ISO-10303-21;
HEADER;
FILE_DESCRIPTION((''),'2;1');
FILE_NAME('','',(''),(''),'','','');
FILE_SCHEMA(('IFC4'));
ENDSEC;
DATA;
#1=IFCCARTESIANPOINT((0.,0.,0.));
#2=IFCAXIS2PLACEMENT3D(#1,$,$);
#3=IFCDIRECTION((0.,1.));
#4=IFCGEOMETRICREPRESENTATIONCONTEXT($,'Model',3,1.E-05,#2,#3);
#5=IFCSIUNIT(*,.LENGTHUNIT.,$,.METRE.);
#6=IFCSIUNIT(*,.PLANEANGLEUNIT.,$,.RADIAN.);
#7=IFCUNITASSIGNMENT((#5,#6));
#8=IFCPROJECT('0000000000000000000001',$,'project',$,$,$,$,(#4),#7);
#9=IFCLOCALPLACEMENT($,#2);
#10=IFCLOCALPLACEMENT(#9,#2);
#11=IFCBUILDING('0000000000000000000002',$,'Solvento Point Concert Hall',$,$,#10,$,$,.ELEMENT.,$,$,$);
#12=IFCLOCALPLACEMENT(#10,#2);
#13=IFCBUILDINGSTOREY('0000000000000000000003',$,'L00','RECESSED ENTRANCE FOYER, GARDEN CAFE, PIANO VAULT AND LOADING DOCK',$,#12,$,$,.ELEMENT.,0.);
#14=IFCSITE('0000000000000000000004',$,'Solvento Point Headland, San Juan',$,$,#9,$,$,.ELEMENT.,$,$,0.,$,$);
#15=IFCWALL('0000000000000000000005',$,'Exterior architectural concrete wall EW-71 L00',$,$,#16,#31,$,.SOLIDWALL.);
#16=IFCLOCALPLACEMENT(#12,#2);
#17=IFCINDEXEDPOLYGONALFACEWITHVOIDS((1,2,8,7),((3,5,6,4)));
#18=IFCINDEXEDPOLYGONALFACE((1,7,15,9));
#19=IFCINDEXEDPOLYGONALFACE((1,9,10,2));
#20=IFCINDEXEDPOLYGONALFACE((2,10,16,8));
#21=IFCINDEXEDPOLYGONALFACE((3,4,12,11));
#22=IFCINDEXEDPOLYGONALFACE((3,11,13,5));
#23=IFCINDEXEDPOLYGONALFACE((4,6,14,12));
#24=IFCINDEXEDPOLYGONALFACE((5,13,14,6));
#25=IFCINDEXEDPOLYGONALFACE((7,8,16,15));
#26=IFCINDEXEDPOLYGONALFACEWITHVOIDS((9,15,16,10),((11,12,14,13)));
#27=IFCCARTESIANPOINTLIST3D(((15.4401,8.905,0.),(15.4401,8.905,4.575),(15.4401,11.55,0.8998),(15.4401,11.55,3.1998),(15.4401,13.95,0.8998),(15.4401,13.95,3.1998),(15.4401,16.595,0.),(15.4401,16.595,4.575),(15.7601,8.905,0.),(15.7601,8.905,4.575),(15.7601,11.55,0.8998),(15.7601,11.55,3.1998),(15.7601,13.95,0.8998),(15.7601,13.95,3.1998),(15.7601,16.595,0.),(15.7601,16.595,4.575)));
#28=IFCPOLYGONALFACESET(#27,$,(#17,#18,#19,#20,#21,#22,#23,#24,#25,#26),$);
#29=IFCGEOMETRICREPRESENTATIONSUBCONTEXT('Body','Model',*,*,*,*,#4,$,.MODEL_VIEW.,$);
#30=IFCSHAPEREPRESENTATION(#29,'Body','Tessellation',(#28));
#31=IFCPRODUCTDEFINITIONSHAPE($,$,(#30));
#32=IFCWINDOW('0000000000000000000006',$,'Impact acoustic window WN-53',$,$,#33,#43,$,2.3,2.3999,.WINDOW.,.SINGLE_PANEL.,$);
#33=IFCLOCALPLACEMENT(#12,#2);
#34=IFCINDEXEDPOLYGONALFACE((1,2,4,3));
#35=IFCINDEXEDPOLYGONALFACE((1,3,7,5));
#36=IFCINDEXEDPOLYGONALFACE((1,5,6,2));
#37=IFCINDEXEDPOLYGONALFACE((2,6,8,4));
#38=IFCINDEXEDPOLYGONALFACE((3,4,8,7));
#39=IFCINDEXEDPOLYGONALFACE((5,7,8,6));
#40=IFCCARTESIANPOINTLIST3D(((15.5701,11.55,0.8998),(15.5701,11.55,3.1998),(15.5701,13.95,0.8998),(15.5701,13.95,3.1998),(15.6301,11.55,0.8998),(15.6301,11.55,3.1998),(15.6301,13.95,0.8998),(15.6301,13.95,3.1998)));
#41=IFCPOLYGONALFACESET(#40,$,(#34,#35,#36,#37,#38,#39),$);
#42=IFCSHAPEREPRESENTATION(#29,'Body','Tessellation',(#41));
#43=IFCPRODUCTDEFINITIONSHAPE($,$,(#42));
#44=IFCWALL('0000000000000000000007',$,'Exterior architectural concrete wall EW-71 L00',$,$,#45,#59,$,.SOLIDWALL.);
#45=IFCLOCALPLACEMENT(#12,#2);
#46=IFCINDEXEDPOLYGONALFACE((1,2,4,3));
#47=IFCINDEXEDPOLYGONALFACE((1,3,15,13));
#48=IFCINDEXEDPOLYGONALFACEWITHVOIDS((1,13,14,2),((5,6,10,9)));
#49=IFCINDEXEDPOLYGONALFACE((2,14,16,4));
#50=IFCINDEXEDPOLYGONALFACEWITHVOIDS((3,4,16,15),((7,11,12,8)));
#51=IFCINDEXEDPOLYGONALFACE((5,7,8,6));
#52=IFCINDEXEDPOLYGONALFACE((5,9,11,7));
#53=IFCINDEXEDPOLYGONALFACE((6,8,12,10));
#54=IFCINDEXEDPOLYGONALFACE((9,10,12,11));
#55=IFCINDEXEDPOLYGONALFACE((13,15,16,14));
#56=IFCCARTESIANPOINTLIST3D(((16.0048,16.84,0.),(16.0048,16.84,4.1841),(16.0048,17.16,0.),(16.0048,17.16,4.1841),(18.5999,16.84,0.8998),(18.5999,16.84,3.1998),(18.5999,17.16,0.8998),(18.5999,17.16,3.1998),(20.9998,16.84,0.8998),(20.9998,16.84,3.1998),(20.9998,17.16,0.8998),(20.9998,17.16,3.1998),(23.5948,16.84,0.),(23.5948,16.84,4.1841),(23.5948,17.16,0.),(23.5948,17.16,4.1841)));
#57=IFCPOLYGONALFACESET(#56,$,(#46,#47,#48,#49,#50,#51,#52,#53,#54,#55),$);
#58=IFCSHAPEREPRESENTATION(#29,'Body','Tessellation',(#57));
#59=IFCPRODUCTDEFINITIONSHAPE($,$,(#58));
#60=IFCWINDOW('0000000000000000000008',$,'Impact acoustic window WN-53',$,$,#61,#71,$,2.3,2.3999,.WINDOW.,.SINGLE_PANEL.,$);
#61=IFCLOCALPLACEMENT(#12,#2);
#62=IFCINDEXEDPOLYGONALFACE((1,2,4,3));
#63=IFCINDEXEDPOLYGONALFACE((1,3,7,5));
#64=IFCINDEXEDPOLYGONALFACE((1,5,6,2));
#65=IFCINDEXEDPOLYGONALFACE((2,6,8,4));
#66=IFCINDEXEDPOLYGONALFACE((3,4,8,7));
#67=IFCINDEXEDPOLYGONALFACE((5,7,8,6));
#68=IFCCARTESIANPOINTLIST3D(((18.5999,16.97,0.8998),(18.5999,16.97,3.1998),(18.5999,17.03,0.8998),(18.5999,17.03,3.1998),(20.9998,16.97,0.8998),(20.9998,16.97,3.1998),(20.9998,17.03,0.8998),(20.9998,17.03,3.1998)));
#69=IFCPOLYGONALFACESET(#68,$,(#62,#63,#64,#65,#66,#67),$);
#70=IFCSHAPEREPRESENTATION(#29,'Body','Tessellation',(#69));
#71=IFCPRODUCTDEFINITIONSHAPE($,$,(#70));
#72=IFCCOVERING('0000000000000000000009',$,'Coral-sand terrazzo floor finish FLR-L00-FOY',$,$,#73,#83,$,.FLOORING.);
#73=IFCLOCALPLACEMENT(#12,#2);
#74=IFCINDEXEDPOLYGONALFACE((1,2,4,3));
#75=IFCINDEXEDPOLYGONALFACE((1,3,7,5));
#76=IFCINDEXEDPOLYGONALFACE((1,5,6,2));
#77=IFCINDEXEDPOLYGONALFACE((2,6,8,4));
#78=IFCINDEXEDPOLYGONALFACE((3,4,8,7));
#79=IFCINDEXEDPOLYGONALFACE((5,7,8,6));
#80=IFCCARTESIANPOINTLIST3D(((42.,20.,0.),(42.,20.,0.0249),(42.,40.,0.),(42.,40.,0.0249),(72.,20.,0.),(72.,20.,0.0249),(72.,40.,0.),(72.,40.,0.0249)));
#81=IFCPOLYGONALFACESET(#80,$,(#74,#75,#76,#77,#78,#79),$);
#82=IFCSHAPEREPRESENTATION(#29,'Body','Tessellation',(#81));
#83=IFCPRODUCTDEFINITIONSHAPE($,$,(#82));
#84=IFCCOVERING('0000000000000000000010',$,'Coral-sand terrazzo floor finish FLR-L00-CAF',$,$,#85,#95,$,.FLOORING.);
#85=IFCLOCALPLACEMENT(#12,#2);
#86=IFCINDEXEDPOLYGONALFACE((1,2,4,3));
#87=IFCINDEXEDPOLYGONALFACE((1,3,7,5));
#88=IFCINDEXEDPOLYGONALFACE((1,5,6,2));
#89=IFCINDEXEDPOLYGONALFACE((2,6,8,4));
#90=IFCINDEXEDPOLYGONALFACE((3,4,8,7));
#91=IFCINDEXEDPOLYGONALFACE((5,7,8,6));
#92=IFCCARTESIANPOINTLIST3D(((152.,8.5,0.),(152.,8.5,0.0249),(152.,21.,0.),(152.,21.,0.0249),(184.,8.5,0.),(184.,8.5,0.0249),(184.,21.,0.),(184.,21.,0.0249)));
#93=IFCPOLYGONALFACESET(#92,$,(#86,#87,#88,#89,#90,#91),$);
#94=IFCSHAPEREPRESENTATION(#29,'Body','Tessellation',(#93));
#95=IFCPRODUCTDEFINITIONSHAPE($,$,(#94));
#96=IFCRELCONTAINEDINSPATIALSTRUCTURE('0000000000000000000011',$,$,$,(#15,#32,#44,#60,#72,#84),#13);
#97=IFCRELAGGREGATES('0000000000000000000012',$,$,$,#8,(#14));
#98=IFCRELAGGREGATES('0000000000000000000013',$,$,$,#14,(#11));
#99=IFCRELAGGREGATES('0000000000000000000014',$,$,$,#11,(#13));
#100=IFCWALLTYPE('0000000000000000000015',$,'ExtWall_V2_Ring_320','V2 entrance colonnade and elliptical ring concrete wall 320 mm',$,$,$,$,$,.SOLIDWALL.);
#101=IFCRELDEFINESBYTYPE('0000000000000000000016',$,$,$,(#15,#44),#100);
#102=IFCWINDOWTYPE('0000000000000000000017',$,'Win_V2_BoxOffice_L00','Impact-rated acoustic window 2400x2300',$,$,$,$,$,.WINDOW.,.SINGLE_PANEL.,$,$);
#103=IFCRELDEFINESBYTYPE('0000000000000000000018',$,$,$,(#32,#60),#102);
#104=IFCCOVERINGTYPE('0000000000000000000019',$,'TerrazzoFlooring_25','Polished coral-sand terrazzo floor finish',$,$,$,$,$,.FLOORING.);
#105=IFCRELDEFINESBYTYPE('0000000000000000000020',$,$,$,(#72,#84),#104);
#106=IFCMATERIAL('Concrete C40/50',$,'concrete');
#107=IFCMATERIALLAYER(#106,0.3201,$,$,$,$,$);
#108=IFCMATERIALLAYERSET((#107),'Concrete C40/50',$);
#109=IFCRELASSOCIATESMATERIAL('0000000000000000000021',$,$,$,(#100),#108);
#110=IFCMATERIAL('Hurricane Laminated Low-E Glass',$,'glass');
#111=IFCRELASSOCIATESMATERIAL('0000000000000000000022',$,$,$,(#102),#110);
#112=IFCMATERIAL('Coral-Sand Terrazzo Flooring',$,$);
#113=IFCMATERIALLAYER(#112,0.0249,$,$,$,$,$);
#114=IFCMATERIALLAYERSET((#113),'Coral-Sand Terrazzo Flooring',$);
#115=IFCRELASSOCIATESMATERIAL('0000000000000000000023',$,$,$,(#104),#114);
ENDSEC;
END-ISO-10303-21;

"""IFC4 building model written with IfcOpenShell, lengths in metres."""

from ifc_helpers import new_model, si_unit, direction, frame, frame_2d, origin, place, context, subcontext, project, spatial, polyline, rectangle, outline, extrude, material, layer, layer_set, type_object, element, fill, save


model = new_model("IFC4")

# Units and contexts
model_context = context("Model", 3, precision=1e-05, world=origin(), true_north=direction((0.0, 1.0)))
body_context = subcontext(model_context, "Body", "Model", "MODEL_VIEW")
ifc_project = project(units=[si_unit("LENGTHUNIT", "METRE"), si_unit("PLANEANGLEUNIT", "RADIAN")], contexts=[model_context])

# Site, building, storey
site_placement = place(None, origin())
site = spatial("IfcSite", under=ifc_project, at=site_placement, Name="Solvento Point Headland, San Juan", CompositionType="ELEMENT", RefElevation=0.0)
building_placement = place(site_placement, origin())
building = spatial("IfcBuilding", under=site, at=building_placement, Name="Solvento Point Concert Hall", CompositionType="ELEMENT")
storey_placement = place(building_placement, origin())
storey = spatial("IfcBuildingStorey", under=building, at=storey_placement, Name="L00", Description="RECESSED ENTRANCE FOYER, GARDEN CAFE, PIANO VAULT AND LOADING DOCK", CompositionType="ELEMENT", Elevation=0.0)

# Walls, openings, windows
ifc_material_1 = material(Name="Concrete C40/50", Category="concrete")
ifc_layer_1 = layer(ifc_material_1, 0.3201)
ifc_layer_set_1 = layer_set([ifc_layer_1], Name="Concrete C40/50")
wall_type_1 = type_object("IfcWallType", Name="ExtWall_V2_Ring_320", Description="V2 entrance colonnade and elliptical ring concrete wall 320 mm", PredefinedType="SOLIDWALL", material=ifc_layer_set_1)
ifc_material_2 = material(Name="Hurricane Laminated Low-E Glass", Category="glass")
window_type = type_object("IfcWindowType", Name="Win_V2_BoxOffice_L00", Description="Impact-rated acoustic window 2400x2300", PartitioningType="SINGLE_PANEL", PredefinedType="WINDOW", material=ifc_material_2)
wall_1_placement = place(storey_placement, frame((15.6001, 8.905, 0.0), z_axis=(0.0, 0.0, 1.0), x_axis=(0.0, 1.0, 0.0)))
wall_1 = element("IfcWall", 1, at=wall_1_placement, inside=storey, type_object=wall_type_1, Name="Exterior architectural concrete wall EW-71 L00", PredefinedType="SOLIDWALL", context=body_context, shape_type="SweptSolid", body=[
    extrude(rectangle(XDim=7.6899, YDim=0.3201, at=frame_2d((3.845, 0.0))), origin(), (0.0, 0.0, 1.0), 4.575),
])
opening_1_placement = place(wall_1_placement, frame((2.645, 0.0, 0.8999)))
opening_1 = element("IfcOpeningElement", 2, at=opening_1_placement, cuts=wall_1, PredefinedType="OPENING", context=body_context, shape_type="SweptSolid", body=[
    extrude(rectangle(XDim=2.3999, YDim=2.3, at=frame_2d((1.2, 1.1499))), frame((0.0, 0.1699, 0.0), z_axis=(0.0, -1.0, 0.0), x_axis=(1.0, 0.0, 0.0)), (0.0, 0.0, 1.0), 0.3401),
])
window_1_placement = place(opening_1_placement, origin())
window_1 = element("IfcWindow", 3, at=window_1_placement, inside=storey, type_object=window_type, Name="Impact acoustic window WN-53", OverallHeight=2.3, OverallWidth=2.3999, PartitioningType="SINGLE_PANEL", PredefinedType="WINDOW", context=body_context, shape_type="SweptSolid", body=[
    extrude(rectangle(XDim=2.3999, YDim=2.3, at=frame_2d((1.2, 1.1499))), frame((0.0, 0.03, 0.0), z_axis=(0.0, -1.0, 0.0), x_axis=(1.0, 0.0, 0.0)), (0.0, 0.0, 1.0), 0.0601),
])
fill(opening_1, window_1)
wall_2_placement = place(storey_placement, frame((16.0049, 17.0, 0.0), z_axis=(0.0, 0.0, 1.0), x_axis=(1.0, 0.0, 0.0)))
wall_2 = element("IfcWall", 4, at=wall_2_placement, inside=storey, type_object=wall_type_1, Name="Exterior architectural concrete wall EW-71 L00", PredefinedType="SOLIDWALL", context=body_context, shape_type="SweptSolid", body=[
    extrude(rectangle(XDim=7.5901, YDim=0.3201, at=frame_2d((3.7949, 0.0))), origin(), (0.0, 0.0, 1.0), 4.1841),
])
opening_2_placement = place(wall_2_placement, frame((2.595, 0.0, 0.8999)))
opening_2 = element("IfcOpeningElement", 5, at=opening_2_placement, cuts=wall_2, PredefinedType="OPENING", context=body_context, shape_type="SweptSolid", body=[
    extrude(rectangle(XDim=2.3999, YDim=2.3, at=frame_2d((1.2, 1.1499))), frame((0.0, 0.1699, 0.0), z_axis=(0.0, -1.0, 0.0), x_axis=(1.0, 0.0, 0.0)), (0.0, 0.0, 1.0), 0.3401),
])
window_2_placement = place(opening_2_placement, origin())
window_2 = element("IfcWindow", 6, at=window_2_placement, inside=storey, type_object=window_type, Name="Impact acoustic window WN-53", OverallHeight=2.3, OverallWidth=2.3999, PartitioningType="SINGLE_PANEL", PredefinedType="WINDOW", context=body_context, shape_type="SweptSolid", body=[
    extrude(rectangle(XDim=2.3999, YDim=2.3, at=frame_2d((1.2, 1.1499))), frame((0.0, 0.03, 0.0), z_axis=(0.0, -1.0, 0.0), x_axis=(1.0, 0.0, 0.0)), (0.0, 0.0, 1.0), 0.0601),
])
fill(opening_2, window_2)

# Coverings
ifc_material_3 = material(Name="Coral-Sand Terrazzo Flooring")
ifc_layer_2 = layer(ifc_material_3, 0.0249)
ifc_layer_set_2 = layer_set([ifc_layer_2], Name="Coral-Sand Terrazzo Flooring")
covering_type = type_object("IfcCoveringType", Name="TerrazzoFlooring_25", Description="Polished coral-sand terrazzo floor finish", PredefinedType="FLOORING", material=ifc_layer_set_2)
covering_1_placement = place(storey_placement, origin())
element("IfcCovering", 7, at=covering_1_placement, inside=storey, type_object=covering_type, Name="Coral-sand terrazzo floor finish FLR-L00-FOY", PredefinedType="FLOORING", context=body_context, shape_type="SweptSolid", body=[
    extrude(outline(polyline([(42.0, 20.0), (72.0, 20.0), (72.0, 40.0), (42.0, 40.0), (42.0, 20.0)])), origin(), (0.0, 0.0, 1.0), 0.0249),
])
covering_2_placement = place(storey_placement, origin())
element("IfcCovering", 8, at=covering_2_placement, inside=storey, type_object=covering_type, Name="Coral-sand terrazzo floor finish FLR-L00-CAF", PredefinedType="FLOORING", context=body_context, shape_type="SweptSolid", body=[
    extrude(outline(polyline([(152.0, 8.5), (184.0, 8.5), (184.0, 21.0), (152.0, 21.0), (152.0, 8.5)])), origin(), (0.0, 0.0, 1.0), 0.0249),
])

save(model, "model.ifc")
